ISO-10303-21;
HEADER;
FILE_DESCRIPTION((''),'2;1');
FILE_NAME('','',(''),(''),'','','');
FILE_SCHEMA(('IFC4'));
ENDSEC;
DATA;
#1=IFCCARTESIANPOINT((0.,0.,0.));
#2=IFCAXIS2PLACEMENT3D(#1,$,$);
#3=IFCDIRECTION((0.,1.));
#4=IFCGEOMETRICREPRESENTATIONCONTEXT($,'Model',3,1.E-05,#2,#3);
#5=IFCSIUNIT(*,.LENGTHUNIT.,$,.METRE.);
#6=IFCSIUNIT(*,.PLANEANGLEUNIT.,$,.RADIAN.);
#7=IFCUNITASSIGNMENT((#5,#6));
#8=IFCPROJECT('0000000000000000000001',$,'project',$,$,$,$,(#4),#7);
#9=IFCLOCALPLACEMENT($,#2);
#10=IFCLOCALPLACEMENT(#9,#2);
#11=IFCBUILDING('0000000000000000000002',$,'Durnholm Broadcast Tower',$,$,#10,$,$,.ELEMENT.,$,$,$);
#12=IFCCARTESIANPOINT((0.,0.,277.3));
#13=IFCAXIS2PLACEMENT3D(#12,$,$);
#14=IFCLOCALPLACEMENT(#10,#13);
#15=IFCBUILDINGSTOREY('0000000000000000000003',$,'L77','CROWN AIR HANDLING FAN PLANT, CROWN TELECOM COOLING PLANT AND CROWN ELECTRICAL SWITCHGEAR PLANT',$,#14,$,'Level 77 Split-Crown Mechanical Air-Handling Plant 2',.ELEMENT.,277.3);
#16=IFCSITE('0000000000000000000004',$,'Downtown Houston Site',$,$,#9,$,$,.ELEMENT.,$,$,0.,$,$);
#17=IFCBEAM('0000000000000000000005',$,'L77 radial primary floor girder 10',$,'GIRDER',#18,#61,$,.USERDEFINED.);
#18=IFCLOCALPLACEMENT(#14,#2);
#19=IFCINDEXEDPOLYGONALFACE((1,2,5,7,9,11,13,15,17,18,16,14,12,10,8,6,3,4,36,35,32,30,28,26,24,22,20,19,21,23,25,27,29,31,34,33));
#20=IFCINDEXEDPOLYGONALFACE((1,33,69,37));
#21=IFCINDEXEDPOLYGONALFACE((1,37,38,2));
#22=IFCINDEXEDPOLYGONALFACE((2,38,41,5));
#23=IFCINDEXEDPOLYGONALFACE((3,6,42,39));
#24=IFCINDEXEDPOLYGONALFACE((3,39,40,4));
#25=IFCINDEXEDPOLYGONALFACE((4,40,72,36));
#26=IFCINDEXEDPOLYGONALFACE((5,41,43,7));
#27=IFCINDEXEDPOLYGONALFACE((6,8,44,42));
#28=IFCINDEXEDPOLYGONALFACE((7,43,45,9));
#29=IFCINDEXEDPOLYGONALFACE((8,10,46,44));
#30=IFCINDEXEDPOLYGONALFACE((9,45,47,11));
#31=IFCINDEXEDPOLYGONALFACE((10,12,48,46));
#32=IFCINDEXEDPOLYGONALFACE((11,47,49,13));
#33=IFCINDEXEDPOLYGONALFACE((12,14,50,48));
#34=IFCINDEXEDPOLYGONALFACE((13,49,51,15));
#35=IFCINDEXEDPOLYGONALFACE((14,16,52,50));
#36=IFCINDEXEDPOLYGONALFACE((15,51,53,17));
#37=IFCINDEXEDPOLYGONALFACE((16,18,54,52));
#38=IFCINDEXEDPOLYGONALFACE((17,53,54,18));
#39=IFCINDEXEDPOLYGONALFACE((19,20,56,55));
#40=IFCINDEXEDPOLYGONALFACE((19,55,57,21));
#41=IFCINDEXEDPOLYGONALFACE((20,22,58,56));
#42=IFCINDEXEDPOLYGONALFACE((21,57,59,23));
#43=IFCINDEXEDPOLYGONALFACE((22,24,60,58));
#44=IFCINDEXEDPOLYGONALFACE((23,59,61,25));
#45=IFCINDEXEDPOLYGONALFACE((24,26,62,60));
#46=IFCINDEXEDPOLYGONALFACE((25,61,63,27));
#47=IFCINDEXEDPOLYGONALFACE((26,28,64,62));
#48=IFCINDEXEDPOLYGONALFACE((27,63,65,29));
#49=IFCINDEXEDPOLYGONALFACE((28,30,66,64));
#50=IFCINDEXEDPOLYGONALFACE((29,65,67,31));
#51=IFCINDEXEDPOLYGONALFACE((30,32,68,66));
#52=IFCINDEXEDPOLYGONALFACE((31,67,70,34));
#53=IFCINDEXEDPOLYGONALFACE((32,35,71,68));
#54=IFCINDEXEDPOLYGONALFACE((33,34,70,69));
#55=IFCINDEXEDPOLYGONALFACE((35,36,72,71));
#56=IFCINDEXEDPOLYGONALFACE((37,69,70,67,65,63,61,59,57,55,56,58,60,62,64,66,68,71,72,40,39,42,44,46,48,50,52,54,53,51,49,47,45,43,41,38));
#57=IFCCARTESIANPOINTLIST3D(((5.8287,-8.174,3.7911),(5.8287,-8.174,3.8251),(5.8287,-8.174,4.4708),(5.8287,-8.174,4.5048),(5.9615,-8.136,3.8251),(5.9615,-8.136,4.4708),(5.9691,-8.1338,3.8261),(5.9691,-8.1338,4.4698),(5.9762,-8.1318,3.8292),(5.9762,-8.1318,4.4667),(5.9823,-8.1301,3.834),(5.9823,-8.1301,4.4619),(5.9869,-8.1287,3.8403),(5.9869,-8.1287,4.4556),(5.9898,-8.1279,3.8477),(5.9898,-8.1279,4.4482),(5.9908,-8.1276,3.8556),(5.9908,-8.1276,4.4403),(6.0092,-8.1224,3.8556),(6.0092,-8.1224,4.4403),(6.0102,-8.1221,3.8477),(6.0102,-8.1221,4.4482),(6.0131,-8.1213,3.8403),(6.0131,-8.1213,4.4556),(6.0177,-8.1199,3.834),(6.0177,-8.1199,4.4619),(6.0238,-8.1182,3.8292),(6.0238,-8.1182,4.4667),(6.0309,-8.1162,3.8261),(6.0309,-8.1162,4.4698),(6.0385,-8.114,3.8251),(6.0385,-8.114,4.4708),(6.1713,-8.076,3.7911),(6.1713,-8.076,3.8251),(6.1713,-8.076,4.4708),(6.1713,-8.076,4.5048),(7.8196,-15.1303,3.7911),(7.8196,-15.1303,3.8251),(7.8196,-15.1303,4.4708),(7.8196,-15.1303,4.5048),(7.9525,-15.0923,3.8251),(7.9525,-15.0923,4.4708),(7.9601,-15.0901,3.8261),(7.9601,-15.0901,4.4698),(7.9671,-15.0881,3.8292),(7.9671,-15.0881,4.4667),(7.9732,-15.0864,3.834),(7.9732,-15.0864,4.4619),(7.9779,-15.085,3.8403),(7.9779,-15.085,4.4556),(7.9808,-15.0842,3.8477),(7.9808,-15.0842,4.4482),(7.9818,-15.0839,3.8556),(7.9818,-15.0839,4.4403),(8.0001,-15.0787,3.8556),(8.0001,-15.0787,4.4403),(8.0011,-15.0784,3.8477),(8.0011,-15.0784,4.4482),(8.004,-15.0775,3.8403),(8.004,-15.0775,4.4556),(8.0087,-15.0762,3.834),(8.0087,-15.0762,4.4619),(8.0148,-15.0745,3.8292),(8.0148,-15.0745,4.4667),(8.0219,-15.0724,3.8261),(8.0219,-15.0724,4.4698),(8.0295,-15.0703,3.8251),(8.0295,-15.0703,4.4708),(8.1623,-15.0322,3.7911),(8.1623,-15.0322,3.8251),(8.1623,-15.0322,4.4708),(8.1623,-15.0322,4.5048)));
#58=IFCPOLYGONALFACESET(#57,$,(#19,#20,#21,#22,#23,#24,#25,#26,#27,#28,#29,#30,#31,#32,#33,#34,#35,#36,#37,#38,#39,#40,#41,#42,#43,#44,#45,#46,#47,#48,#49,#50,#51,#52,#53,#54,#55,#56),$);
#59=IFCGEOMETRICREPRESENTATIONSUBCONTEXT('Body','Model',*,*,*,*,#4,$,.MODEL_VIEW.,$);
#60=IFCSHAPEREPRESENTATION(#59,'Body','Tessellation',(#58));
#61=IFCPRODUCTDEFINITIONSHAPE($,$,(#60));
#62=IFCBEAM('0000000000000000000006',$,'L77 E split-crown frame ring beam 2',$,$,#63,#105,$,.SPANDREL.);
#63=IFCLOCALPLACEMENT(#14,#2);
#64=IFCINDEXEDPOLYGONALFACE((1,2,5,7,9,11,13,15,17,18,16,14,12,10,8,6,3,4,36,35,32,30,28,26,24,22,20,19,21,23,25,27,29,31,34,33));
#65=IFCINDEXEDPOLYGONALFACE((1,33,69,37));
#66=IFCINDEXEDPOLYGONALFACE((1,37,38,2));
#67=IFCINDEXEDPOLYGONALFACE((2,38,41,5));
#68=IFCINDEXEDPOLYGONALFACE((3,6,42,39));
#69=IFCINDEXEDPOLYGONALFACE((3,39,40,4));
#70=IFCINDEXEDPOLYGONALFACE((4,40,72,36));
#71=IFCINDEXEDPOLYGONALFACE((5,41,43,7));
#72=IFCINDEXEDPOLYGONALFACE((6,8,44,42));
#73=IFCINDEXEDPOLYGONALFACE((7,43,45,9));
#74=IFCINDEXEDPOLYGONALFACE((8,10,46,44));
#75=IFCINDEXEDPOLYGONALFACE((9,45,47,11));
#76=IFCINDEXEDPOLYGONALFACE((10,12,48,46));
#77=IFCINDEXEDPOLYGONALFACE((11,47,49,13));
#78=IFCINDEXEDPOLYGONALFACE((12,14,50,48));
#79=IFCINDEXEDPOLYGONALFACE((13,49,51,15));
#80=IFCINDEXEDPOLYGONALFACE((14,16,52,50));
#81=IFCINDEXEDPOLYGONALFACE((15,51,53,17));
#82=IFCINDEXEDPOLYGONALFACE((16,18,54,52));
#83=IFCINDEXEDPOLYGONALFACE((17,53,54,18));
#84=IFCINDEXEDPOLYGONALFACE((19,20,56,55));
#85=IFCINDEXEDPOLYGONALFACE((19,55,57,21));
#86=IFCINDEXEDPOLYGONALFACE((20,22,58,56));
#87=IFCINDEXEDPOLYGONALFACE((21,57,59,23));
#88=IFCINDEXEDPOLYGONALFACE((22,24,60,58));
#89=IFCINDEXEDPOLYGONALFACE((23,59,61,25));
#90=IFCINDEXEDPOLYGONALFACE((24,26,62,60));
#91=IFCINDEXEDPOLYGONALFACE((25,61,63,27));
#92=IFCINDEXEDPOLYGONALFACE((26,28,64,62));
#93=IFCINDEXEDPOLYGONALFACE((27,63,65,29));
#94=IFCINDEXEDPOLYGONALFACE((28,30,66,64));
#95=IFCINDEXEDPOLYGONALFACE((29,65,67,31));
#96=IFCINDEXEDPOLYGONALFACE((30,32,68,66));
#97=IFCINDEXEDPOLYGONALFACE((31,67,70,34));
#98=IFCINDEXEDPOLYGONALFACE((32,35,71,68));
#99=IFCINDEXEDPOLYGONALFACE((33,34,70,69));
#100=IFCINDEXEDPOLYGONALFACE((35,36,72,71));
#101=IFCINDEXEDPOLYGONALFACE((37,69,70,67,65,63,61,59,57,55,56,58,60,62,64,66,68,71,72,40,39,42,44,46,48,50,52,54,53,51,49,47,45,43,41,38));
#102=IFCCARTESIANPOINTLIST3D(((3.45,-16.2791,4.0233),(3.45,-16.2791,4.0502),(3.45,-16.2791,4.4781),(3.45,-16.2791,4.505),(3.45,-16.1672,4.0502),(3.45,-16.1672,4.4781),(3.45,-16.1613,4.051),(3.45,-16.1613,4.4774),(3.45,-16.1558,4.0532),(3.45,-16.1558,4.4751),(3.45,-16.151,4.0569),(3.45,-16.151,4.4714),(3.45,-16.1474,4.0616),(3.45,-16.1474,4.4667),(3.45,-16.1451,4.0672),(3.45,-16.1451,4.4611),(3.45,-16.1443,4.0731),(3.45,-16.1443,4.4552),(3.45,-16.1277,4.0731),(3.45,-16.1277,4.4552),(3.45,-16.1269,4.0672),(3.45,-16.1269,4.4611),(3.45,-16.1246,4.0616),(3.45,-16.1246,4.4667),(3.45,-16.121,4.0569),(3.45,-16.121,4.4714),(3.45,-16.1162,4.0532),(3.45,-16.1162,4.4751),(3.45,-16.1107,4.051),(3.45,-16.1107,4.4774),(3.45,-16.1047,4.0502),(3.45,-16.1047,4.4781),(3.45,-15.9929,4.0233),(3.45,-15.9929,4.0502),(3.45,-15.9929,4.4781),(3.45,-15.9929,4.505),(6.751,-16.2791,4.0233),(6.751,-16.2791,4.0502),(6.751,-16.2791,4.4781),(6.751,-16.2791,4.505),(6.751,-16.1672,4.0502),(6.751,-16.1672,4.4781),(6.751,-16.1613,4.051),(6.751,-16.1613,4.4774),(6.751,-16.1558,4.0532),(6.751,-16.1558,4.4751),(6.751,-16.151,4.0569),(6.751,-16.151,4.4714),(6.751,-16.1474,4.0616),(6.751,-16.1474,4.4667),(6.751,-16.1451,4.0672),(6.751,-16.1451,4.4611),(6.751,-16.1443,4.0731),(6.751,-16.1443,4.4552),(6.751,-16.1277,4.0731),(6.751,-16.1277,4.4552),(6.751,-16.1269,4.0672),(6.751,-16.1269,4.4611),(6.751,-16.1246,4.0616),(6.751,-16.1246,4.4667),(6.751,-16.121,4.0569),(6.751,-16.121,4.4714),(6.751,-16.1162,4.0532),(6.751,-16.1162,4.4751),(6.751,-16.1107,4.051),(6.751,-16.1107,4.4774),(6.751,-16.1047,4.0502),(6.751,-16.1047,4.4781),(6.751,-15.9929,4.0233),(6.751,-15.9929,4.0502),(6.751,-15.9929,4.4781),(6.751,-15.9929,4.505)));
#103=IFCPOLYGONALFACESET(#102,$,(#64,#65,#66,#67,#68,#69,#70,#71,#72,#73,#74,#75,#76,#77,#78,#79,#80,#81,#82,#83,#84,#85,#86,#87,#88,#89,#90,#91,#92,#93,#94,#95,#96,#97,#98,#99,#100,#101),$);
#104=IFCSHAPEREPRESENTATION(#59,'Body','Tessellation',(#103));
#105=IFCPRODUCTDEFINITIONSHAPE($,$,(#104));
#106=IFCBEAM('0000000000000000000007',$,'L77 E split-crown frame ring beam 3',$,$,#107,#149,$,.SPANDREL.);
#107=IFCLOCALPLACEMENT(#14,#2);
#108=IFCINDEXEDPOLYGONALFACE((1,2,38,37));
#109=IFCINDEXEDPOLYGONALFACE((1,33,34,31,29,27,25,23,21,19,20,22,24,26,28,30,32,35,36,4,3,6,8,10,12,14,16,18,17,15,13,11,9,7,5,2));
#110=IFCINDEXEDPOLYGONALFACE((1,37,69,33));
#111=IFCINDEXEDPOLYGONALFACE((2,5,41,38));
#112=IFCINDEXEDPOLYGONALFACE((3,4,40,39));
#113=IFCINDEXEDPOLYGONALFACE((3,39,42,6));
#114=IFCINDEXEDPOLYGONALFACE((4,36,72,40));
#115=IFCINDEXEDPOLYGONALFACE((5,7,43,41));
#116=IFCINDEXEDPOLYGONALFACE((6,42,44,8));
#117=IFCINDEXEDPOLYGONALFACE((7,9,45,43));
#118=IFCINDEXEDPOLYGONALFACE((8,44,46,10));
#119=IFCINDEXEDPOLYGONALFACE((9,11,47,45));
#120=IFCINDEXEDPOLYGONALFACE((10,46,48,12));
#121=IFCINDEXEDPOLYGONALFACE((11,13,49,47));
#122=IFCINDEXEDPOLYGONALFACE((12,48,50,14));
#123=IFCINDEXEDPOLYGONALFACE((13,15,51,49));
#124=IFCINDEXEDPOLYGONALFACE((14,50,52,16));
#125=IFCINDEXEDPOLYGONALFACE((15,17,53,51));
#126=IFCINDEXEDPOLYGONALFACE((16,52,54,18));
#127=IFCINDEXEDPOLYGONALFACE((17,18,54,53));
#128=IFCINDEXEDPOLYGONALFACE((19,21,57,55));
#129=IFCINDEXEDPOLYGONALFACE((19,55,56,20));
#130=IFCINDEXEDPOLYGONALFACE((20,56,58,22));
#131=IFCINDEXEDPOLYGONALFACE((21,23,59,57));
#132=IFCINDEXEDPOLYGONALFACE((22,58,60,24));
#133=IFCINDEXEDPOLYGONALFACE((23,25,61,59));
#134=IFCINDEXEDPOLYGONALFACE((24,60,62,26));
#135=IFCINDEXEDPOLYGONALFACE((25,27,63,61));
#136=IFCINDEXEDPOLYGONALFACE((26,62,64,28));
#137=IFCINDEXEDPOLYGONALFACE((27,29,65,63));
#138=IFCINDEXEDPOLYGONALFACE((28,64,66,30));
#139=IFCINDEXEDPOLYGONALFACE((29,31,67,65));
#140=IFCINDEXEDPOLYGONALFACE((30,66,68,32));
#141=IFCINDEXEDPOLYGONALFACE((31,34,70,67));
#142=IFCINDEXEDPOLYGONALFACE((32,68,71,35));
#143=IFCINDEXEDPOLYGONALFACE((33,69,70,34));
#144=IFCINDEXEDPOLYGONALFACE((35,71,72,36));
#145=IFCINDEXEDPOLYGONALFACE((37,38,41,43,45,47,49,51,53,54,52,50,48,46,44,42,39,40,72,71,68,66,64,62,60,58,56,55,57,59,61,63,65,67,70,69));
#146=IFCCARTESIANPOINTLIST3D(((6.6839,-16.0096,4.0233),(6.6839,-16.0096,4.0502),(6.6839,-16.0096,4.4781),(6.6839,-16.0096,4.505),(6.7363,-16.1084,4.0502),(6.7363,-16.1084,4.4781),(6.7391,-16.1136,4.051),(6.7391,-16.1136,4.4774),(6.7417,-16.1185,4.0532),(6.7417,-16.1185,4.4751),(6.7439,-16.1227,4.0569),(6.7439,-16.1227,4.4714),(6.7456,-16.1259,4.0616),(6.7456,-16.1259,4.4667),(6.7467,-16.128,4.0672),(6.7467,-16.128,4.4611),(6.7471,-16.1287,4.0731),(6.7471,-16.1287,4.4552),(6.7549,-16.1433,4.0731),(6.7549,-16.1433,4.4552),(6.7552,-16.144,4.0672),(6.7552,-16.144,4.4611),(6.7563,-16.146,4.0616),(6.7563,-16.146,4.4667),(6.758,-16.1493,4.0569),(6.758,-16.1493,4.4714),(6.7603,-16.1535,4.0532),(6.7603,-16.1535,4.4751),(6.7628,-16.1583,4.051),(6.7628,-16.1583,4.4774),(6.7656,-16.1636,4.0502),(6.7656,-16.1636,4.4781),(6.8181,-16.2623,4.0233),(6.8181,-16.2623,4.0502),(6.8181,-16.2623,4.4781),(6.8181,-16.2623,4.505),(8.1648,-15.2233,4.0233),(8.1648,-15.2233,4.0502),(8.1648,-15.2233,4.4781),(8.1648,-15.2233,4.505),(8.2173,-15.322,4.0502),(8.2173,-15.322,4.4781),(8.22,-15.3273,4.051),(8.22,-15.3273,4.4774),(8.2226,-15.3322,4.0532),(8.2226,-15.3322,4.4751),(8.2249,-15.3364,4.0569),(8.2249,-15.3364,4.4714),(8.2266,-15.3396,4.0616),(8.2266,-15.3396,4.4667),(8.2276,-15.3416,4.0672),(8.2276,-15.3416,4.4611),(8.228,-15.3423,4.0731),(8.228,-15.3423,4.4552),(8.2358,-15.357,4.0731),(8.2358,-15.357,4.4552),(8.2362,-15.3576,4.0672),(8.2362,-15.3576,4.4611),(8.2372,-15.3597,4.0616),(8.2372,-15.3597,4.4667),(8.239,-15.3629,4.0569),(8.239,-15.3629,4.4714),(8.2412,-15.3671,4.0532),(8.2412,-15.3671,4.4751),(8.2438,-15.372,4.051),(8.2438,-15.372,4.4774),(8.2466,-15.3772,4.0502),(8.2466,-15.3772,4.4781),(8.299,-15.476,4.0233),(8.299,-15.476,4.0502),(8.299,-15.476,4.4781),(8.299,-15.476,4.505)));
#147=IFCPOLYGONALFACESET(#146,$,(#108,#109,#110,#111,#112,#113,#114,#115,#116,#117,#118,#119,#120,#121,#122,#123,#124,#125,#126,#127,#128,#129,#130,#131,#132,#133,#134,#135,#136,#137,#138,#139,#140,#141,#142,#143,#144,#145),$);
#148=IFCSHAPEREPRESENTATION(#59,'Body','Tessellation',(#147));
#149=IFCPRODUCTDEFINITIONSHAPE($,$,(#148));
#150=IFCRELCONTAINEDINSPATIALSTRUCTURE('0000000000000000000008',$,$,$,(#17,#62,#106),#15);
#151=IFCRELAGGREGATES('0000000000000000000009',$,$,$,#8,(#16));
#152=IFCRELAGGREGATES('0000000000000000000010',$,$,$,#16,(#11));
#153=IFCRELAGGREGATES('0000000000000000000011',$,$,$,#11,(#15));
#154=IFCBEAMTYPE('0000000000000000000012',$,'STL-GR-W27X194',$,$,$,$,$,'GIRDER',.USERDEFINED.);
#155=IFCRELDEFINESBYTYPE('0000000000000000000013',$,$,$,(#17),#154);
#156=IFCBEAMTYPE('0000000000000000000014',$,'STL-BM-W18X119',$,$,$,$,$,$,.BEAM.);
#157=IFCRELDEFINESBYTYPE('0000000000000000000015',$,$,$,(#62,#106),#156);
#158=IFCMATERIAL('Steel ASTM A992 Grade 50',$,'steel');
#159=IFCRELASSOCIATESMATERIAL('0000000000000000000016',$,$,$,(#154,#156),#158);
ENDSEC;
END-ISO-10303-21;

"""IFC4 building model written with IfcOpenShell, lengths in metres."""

from ifc_helpers import new_model, si_unit, direction, frame, origin, origin_2d, place, context, subcontext, project, spatial, i_section, extrude, source, transform, mapped, material, material_profile, profile_set, type_object, type_shapes, element, save


model = new_model("IFC4")

# Units and contexts
model_context = context("Model", 3, precision=1e-05, world=origin(), true_north=direction((0.0, 1.0)))
body_context = subcontext(model_context, "Body", "Model", "MODEL_VIEW")
ifc_project = project(units=[si_unit("LENGTHUNIT", "METRE"), si_unit("PLANEANGLEUNIT", "RADIAN")], contexts=[model_context])

# Site, building, storey
site_placement = place(None, origin())
site = spatial("IfcSite", under=ifc_project, at=site_placement, Name="Downtown Houston Site", CompositionType="ELEMENT", RefElevation=0.0)
building_placement = place(site_placement, origin())
building = spatial("IfcBuilding", under=site, at=building_placement, Name="Durnholm Broadcast Tower", CompositionType="ELEMENT")
storey_placement = place(building_placement, frame((0.0, 0.0, 277.3)))
storey = spatial("IfcBuildingStorey", under=building, at=storey_placement, Name="L77", Description="CROWN AIR HANDLING FAN PLANT, CROWN TELECOM COOLING PLANT AND CROWN ELECTRICAL SWITCHGEAR PLANT", LongName="Level 77 Split-Crown Mechanical Air-Handling Plant 2", CompositionType="ELEMENT", Elevation=277.3)

# Beams
ifc_material_1 = material(Name="Steel ASTM A992 Grade 50", Category="steel")
ifc_material_profile_1 = material_profile(ifc_material_1, i_section(OverallWidth=0.3564, OverallDepth=0.7136, WebThickness=0.019, FlangeThickness=0.0339, FilletRadius=0.0305, at=origin_2d()), Name="W27X194")
ifc_profile_set_1 = profile_set([ifc_material_profile_1], Name="Steel ASTM A992 Grade 50")
beam_type_1 = type_object("IfcBeamType", Name="STL-GR-W27X194", ElementType="GIRDER", PredefinedType="USERDEFINED", material=ifc_profile_set_1)
shared_shape_1 = source(origin(), body_context, "Body", "SweptSolid", [
    extrude(i_section(OverallWidth=0.3564, OverallDepth=0.7136, WebThickness=0.019, FlangeThickness=0.0339, FilletRadius=0.0305, at=origin_2d()), origin(), (0.0, 0.0, 1.0), 7.2356),
])
type_shapes(beam_type_1, [shared_shape_1])
beam_1_placement = place(storey_placement, frame((6.0, -8.125, 4.1479), z_axis=(0.275162, -0.961398, 0.0), x_axis=(0.961398, 0.275162, 0.0)))
element("IfcBeam", 1, at=beam_1_placement, inside=storey, type_object=beam_type_1, Name="L77 radial primary floor girder 10", ObjectType="GIRDER", PredefinedType="USERDEFINED", context=body_context, shape_type="MappedRepresentation", body=[
    mapped(shared_shape_1, transform((0.0, 0.0, 0.0), x_axis=(1.0, 0.0, 0.0), y_axis=(0.0, 1.0, 0.0), z_axis=(0.0, 0.0, 1.0), scale=1.0)),
])
ifc_material_profile_2 = material_profile(ifc_material_1, i_section(OverallWidth=0.2861, OverallDepth=0.4817, WebThickness=0.0166, FlangeThickness=0.0269, FilletRadius=0.0229, at=origin_2d()), Name="W18X119")
ifc_profile_set_2 = profile_set([ifc_material_profile_2], Name="Steel ASTM A992 Grade 50")
beam_type_2 = type_object("IfcBeamType", Name="STL-BM-W18X119", PredefinedType="BEAM", material=ifc_profile_set_2)
shared_shape_2 = source(origin(), body_context, "Body", "SweptSolid", [
    extrude(i_section(OverallWidth=0.2861, OverallDepth=0.4817, WebThickness=0.0166, FlangeThickness=0.0269, FilletRadius=0.0229, at=origin_2d()), origin(), (0.0, 0.0, 1.0), 3.301),
])
beam_2_placement = place(storey_placement, frame((3.45, -16.136, 4.2642), z_axis=(1.0, 0.0, 0.0), x_axis=(0.0, 1.0, 0.0)))
element("IfcBeam", 2, at=beam_2_placement, inside=storey, type_object=beam_type_2, Name="L77 E split-crown frame ring beam 2", PredefinedType="SPANDREL", context=body_context, shape_type="MappedRepresentation", body=[
    mapped(shared_shape_2, transform((0.0, 0.0, 0.0), x_axis=(1.0, 0.0, 0.0), y_axis=(0.0, 1.0, 0.0), z_axis=(0.0, 0.0, 1.0), scale=1.0)),
])
shared_shape_3 = source(origin(), body_context, "Body", "SweptSolid", [
    extrude(i_section(OverallWidth=0.2861, OverallDepth=0.4817, WebThickness=0.0166, FlangeThickness=0.0269, FilletRadius=0.0229, at=origin_2d()), origin(), (0.0, 0.0, 1.0), 1.6768),
])
beam_3_placement = place(storey_placement, frame((6.751, -16.136, 4.2642), z_axis=(0.88321, 0.468978, 0.0), x_axis=(-0.468978, 0.88321, 0.0)))
element("IfcBeam", 3, at=beam_3_placement, inside=storey, type_object=beam_type_2, Name="L77 E split-crown frame ring beam 3", PredefinedType="SPANDREL", context=body_context, shape_type="MappedRepresentation", body=[
    mapped(shared_shape_3, transform((0.0, 0.0, 0.0), x_axis=(1.0, 0.0, 0.0), y_axis=(0.0, 1.0, 0.0), z_axis=(0.0, 0.0, 1.0), scale=1.0)),
])

save(model, "model.ifc")
